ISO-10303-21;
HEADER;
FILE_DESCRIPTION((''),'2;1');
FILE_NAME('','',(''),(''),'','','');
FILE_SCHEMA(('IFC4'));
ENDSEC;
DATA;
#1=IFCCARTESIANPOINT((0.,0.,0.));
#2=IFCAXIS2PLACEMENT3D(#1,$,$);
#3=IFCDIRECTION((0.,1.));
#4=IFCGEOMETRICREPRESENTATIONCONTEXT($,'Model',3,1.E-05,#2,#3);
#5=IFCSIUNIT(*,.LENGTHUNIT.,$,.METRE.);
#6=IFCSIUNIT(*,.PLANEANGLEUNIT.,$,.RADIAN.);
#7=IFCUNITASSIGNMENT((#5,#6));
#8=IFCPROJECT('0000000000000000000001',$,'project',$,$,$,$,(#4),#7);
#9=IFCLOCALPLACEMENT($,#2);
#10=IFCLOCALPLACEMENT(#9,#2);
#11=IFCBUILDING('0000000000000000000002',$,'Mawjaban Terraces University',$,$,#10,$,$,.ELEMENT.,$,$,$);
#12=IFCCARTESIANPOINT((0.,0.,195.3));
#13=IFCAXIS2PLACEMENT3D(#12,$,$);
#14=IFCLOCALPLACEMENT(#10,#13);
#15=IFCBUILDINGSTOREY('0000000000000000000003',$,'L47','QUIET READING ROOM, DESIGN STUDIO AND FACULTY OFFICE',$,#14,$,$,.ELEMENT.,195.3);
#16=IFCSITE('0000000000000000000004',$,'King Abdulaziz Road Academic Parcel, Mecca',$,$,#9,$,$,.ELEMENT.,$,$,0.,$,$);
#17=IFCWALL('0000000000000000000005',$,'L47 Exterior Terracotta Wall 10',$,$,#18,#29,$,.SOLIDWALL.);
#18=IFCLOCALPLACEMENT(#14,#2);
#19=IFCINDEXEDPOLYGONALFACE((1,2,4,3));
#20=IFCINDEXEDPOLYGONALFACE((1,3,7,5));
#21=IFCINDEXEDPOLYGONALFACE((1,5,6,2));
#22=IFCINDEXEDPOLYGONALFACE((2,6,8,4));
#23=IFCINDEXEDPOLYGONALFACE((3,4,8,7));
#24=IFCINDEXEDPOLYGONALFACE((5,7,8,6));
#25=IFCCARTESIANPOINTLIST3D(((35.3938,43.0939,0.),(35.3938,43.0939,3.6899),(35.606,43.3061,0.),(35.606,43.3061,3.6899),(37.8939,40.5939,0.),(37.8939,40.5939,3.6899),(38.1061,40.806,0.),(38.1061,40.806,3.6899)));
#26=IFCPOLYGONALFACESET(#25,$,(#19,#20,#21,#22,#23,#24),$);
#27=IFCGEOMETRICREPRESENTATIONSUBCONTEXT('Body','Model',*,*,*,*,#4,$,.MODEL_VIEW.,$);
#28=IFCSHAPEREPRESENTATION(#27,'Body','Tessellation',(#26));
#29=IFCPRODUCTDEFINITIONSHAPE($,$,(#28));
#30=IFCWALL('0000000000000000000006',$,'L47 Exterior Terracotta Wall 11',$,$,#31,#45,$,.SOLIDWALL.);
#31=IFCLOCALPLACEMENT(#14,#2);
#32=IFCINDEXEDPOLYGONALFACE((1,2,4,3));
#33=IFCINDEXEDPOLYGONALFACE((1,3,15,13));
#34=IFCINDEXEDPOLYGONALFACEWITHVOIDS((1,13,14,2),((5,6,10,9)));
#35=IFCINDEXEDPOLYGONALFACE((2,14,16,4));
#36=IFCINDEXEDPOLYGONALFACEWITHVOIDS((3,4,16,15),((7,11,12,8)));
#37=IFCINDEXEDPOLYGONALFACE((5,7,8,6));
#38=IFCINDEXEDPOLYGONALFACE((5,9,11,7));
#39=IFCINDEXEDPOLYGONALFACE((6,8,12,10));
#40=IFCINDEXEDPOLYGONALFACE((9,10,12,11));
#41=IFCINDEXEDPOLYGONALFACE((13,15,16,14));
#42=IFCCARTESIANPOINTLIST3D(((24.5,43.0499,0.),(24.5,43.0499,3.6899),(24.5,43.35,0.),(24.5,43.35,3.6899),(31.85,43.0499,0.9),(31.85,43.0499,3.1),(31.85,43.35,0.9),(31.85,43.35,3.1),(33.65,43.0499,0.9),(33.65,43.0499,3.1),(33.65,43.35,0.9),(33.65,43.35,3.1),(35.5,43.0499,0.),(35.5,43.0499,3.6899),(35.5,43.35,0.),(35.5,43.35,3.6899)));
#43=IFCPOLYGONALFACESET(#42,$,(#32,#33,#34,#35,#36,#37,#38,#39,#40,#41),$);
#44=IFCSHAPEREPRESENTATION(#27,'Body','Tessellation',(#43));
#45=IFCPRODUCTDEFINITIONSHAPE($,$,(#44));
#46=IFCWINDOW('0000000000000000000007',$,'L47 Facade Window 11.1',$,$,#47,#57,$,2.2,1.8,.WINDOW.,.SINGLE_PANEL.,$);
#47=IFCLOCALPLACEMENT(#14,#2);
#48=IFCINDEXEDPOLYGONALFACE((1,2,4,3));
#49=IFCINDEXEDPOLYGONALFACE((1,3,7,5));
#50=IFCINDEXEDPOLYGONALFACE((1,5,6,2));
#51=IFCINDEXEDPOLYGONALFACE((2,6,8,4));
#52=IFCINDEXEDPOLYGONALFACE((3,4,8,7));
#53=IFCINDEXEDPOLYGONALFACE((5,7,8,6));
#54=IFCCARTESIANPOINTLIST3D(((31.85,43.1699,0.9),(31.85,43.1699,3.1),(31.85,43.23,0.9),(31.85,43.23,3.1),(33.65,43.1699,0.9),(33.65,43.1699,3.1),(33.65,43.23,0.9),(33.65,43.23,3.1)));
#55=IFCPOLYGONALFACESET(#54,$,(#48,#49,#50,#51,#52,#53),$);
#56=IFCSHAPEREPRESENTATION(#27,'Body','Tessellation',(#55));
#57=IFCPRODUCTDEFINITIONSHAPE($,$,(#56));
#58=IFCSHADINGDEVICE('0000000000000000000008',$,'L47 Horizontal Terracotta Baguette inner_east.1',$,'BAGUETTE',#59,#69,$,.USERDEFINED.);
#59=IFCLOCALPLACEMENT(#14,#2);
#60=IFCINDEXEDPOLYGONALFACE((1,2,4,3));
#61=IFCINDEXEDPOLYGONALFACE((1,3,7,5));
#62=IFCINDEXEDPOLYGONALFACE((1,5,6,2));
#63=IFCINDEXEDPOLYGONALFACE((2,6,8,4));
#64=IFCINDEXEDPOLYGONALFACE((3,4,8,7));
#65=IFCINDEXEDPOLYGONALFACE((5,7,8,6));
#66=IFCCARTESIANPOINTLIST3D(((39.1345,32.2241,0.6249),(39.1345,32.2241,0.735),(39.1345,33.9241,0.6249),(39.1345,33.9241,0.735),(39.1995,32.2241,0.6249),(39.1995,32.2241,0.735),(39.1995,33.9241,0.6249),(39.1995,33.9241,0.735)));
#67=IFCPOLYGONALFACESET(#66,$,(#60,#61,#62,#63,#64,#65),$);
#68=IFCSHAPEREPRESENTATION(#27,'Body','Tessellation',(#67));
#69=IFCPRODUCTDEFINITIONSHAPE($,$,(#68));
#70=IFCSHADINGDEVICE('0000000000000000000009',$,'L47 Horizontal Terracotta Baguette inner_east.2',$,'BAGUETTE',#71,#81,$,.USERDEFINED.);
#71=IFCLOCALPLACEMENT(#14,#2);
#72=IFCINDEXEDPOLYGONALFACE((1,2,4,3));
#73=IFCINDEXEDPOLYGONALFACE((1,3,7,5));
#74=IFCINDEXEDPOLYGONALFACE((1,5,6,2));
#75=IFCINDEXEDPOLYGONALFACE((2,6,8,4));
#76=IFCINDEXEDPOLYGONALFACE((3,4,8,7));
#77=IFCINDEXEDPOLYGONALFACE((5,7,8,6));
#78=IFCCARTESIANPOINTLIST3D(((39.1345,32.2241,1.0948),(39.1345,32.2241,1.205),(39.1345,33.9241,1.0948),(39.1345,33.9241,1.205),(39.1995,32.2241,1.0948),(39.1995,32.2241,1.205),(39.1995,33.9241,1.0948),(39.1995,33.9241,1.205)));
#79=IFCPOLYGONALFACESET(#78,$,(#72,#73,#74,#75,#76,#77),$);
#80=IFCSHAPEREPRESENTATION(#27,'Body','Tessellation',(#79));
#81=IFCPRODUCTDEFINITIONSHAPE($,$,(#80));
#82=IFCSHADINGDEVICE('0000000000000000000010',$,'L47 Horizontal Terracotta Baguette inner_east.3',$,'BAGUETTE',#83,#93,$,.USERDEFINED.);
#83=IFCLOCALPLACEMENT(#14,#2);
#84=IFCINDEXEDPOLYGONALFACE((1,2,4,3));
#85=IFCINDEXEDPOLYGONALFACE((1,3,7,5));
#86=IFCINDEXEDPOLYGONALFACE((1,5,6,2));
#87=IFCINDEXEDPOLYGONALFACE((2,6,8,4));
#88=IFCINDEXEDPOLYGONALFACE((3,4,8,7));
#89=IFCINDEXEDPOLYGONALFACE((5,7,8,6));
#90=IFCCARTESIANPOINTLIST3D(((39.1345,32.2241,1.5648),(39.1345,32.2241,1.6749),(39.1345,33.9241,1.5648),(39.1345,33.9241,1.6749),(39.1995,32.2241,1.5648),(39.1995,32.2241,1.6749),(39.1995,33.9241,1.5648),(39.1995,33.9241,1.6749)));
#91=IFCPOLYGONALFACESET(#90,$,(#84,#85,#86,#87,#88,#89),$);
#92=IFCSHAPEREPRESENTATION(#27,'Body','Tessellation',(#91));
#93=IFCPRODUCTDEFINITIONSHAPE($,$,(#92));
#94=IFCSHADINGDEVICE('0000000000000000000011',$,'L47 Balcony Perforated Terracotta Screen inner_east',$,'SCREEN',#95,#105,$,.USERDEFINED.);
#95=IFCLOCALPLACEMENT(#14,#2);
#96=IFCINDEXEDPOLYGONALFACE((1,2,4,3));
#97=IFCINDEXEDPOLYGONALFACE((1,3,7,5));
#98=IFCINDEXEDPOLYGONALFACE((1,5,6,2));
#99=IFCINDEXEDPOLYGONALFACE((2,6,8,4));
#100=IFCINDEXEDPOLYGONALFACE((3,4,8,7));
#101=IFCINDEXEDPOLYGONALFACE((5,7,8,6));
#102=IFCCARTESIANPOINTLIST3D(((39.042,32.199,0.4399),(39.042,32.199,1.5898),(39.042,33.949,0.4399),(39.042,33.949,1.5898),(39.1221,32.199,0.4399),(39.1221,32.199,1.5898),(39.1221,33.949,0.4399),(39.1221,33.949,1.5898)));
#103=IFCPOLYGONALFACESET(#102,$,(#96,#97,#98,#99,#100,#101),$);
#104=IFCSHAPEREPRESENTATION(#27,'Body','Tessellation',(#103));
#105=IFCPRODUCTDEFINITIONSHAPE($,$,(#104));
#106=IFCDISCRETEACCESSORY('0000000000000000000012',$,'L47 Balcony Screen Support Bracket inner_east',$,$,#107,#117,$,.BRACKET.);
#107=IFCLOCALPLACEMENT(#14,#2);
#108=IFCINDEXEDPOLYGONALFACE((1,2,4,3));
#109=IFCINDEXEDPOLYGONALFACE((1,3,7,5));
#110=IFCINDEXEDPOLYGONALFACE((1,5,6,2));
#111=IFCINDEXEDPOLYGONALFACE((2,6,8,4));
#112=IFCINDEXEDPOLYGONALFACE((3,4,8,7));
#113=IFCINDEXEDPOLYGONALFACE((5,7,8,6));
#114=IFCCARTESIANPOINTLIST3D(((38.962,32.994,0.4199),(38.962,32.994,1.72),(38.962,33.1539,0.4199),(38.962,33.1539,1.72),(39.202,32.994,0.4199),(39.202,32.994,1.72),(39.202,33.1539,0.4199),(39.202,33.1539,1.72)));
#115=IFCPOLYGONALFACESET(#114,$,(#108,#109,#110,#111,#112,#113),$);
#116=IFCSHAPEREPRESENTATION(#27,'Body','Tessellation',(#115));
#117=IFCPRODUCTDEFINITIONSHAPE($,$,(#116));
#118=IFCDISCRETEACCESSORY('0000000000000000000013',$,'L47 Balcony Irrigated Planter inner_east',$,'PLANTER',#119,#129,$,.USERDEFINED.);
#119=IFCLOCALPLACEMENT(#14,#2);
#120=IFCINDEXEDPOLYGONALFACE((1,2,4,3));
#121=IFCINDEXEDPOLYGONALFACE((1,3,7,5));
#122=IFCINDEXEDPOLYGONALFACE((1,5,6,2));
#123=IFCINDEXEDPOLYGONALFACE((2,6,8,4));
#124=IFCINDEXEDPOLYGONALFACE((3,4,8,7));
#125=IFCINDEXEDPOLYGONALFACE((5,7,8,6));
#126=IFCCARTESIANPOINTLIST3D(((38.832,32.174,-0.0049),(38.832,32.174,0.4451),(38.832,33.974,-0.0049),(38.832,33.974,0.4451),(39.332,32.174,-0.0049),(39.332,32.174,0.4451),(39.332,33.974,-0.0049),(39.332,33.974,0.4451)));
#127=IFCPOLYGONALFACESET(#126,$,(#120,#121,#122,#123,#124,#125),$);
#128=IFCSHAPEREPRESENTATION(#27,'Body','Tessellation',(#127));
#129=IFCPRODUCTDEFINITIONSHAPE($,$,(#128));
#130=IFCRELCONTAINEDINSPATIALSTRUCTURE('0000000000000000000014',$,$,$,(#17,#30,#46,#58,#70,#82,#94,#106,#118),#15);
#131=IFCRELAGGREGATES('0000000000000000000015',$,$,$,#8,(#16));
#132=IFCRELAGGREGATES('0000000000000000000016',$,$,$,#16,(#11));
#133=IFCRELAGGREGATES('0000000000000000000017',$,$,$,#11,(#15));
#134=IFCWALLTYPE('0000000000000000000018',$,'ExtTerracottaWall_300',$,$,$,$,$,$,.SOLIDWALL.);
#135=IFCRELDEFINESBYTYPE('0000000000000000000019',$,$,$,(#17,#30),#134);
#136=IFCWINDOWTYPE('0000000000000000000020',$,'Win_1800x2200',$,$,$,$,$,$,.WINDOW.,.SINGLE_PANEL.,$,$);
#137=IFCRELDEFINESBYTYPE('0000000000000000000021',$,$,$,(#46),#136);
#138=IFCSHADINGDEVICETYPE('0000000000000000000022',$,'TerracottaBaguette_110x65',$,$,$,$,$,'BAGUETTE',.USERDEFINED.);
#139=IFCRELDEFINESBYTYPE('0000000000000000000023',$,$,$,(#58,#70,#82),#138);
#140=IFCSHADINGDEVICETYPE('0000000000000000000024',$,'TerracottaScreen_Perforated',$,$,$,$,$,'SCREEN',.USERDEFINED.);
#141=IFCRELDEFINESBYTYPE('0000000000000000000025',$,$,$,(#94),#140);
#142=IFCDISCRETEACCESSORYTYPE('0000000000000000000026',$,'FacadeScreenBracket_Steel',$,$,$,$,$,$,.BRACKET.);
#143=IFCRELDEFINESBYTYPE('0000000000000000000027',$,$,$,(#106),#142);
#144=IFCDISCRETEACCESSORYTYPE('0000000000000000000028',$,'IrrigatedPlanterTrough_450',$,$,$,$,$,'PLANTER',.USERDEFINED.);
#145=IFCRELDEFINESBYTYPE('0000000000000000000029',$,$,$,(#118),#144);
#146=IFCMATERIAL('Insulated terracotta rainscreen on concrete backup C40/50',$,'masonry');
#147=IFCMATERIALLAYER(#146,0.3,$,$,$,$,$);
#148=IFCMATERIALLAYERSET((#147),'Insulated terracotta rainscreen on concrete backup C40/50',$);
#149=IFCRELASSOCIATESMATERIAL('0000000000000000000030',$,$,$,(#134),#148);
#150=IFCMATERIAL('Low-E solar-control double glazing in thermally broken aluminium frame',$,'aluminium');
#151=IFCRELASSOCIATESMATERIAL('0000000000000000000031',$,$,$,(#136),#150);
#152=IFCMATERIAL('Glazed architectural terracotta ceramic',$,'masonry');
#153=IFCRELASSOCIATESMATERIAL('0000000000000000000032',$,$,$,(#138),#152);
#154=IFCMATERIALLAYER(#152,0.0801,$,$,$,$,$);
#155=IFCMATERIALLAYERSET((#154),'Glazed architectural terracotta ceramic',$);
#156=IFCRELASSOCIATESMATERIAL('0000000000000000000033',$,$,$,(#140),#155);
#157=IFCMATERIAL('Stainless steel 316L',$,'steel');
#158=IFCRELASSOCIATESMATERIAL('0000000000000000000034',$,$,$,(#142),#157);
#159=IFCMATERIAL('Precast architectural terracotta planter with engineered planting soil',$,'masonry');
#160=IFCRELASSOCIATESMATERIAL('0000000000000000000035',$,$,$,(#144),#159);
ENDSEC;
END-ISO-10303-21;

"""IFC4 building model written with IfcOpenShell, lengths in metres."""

from ifc_helpers import new_model, si_unit, direction, frame, frame_2d, origin, origin_2d, place, context, subcontext, project, spatial, rectangle, extrude, material, layer, layer_set, material_profile, profile_set, type_object, element, fill, save


model = new_model("IFC4")

# Units and contexts
model_context = context("Model", 3, precision=1e-05, world=origin(), true_north=direction((0.0, 1.0)))
body_context = subcontext(model_context, "Body", "Model", "MODEL_VIEW")
ifc_project = project(units=[si_unit("LENGTHUNIT", "METRE"), si_unit("PLANEANGLEUNIT", "RADIAN")], contexts=[model_context])

# Site, building, storey
site_placement = place(None, origin())
site = spatial("IfcSite", under=ifc_project, at=site_placement, Name="King Abdulaziz Road Academic Parcel, Mecca", CompositionType="ELEMENT", RefElevation=0.0)
building_placement = place(site_placement, origin())
building = spatial("IfcBuilding", under=site, at=building_placement, Name="Mawjaban Terraces University", CompositionType="ELEMENT")
storey_placement = place(building_placement, frame((0.0, 0.0, 195.3)))
storey = spatial("IfcBuildingStorey", under=building, at=storey_placement, Name="L47", Description="QUIET READING ROOM, DESIGN STUDIO AND FACULTY OFFICE", CompositionType="ELEMENT", Elevation=195.3)

# Wall
ifc_material_1 = material(Name="Insulated terracotta rainscreen on concrete backup C40/50", Category="masonry")
ifc_layer_1 = layer(ifc_material_1, 0.3)
ifc_layer_set_1 = layer_set([ifc_layer_1], Name="Insulated terracotta rainscreen on concrete backup C40/50")
wall_type_1 = type_object("IfcWallType", Name="ExtTerracottaWall_300", PredefinedType="SOLIDWALL", material=ifc_layer_set_1)
wall_1_placement = place(storey_placement, frame((38.0, 40.7, 0.0), z_axis=(0.0, 0.0, 1.0), x_axis=(-0.707107, 0.707107, 0.0)))
element("IfcWall", 1, at=wall_1_placement, inside=storey, type_object=wall_type_1, Name="L47 Exterior Terracotta Wall 10", PredefinedType="SOLIDWALL", context=body_context, shape_type="SweptSolid", body=[
    extrude(rectangle(XDim=3.5356, YDim=0.3, at=frame_2d((1.7678, 0.0))), origin(), (0.0, 0.0, 1.0), 3.6899),
])

# Wall, opening, window
wall_2_placement = place(storey_placement, frame((35.5, 43.2, 0.0), z_axis=(0.0, 0.0, 1.0), x_axis=(-1.0, 0.0, 0.0)))
wall_2 = element("IfcWall", 2, at=wall_2_placement, inside=storey, type_object=wall_type_1, Name="L47 Exterior Terracotta Wall 11", PredefinedType="SOLIDWALL", context=body_context, shape_type="SweptSolid", body=[
    extrude(rectangle(XDim=11.0, YDim=0.3, at=frame_2d((5.5, 0.0))), origin(), (0.0, 0.0, 1.0), 3.6899),
])
opening_1_placement = place(wall_2_placement, frame((1.8501, 0.0, 0.8999)))
opening_1 = element("IfcOpeningElement", 3, at=opening_1_placement, cuts=wall_2, PredefinedType="OPENING", context=body_context, shape_type="SweptSolid", body=[
    extrude(rectangle(XDim=1.8, YDim=2.2, at=frame_2d((0.8999, 1.1001))), frame((0.0, 0.1599, 0.0), z_axis=(0.0, -1.0, 0.0), x_axis=(1.0, 0.0, 0.0)), (0.0, 0.0, 1.0), 0.3201),
])
ifc_material_2 = material(Name="Low-E solar-control double glazing in thermally broken aluminium frame", Category="aluminium")
window_type = type_object("IfcWindowType", Name="Win_1800x2200", PartitioningType="SINGLE_PANEL", PredefinedType="WINDOW", material=ifc_material_2)
window_placement = place(opening_1_placement, origin())
window = element("IfcWindow", 4, at=window_placement, inside=storey, type_object=window_type, Name="L47 Facade Window 11.1", OverallHeight=2.2, OverallWidth=1.8, PartitioningType="SINGLE_PANEL", PredefinedType="WINDOW", context=body_context, shape_type="SweptSolid", body=[
    extrude(rectangle(XDim=1.8, YDim=2.2, at=frame_2d((0.8999, 1.1001))), frame((0.0, 0.03, 0.0), z_axis=(0.0, -1.0, 0.0), x_axis=(1.0, 0.0, 0.0)), (0.0, 0.0, 1.0), 0.0601),
])
fill(opening_1, window)

# Shading devices
ifc_material_3 = material(Name="Glazed architectural terracotta ceramic", Category="masonry")
ifc_material_profile_1 = material_profile(ifc_material_3, rectangle(XDim=0.0649, YDim=0.1101, at=origin_2d()), Name="TBAG110X65")
ifc_profile_set_1 = profile_set([ifc_material_profile_1], Name="Glazed architectural terracotta ceramic")
shading_device_type_1 = type_object("IfcShadingDeviceType", Name="TerracottaBaguette_110x65", ElementType="BAGUETTE", PredefinedType="USERDEFINED", material=ifc_profile_set_1)
for number, where, z_axis, x_axis, name in (
    (5, (39.167, 32.2241, 0.6799), (0.0, 1.0, 0.0), (-1.0, 0.0, 0.0), "L47 Horizontal Terracotta Baguette inner_east.1"),
    (6, (39.167, 32.2241, 1.1499), (0.0, 1.0, 0.0), (-1.0, 0.0, 0.0), "L47 Horizontal Terracotta Baguette inner_east.2"),
    (7, (39.167, 32.2241, 1.6199), (0.0, 1.0, 0.0), (-1.0, 0.0, 0.0), "L47 Horizontal Terracotta Baguette inner_east.3"),
):
    element("IfcShadingDevice", number, at=place(storey_placement, frame(where, z_axis=z_axis, x_axis=x_axis)), inside=storey, type_object=shading_device_type_1, Name=name, ObjectType="BAGUETTE", PredefinedType="USERDEFINED", context=body_context, shape_type="SweptSolid", body=[
        extrude(rectangle(XDim=0.0649, YDim=0.1101, at=origin_2d()), origin(), (0.0, 0.0, 1.0), 1.7),
    ])
ifc_layer_2 = layer(ifc_material_3, 0.0801)
ifc_layer_set_2 = layer_set([ifc_layer_2], Name="Glazed architectural terracotta ceramic")
shading_device_type_2 = type_object("IfcShadingDeviceType", Name="TerracottaScreen_Perforated", ElementType="SCREEN", PredefinedType="USERDEFINED", material=ifc_layer_set_2)
shading_device_placement = place(storey_placement, frame((39.082, 33.074, 0.4399), z_axis=(0.0, 0.0, 1.0), x_axis=(0.0, 1.0, 0.0)))
element("IfcShadingDevice", 8, at=shading_device_placement, inside=storey, type_object=shading_device_type_2, Name="L47 Balcony Perforated Terracotta Screen inner_east", ObjectType="SCREEN", PredefinedType="USERDEFINED", context=body_context, shape_type="SweptSolid", body=[
    extrude(rectangle(XDim=1.75, YDim=0.0801, at=origin_2d()), origin(), (0.0, 0.0, 1.0), 1.1499),
])

# Discrete accessories
ifc_material_4 = material(Name="Stainless steel 316L", Category="steel")
discrete_accessory_type_1 = type_object("IfcDiscreteAccessoryType", Name="FacadeScreenBracket_Steel", PredefinedType="BRACKET", material=ifc_material_4)
discrete_accessory_1_placement = place(storey_placement, frame((39.082, 33.074, 0.4199), z_axis=(0.0, 0.0, 1.0), x_axis=(0.0, 1.0, 0.0)))
element("IfcDiscreteAccessory", 9, at=discrete_accessory_1_placement, inside=storey, type_object=discrete_accessory_type_1, Name="L47 Balcony Screen Support Bracket inner_east", PredefinedType="BRACKET", context=body_context, shape_type="SweptSolid", body=[
    extrude(rectangle(XDim=0.1599, YDim=0.24, at=origin_2d()), origin(), (0.0, 0.0, 1.0), 1.3),
])
ifc_material_5 = material(Name="Precast architectural terracotta planter with engineered planting soil", Category="masonry")
discrete_accessory_type_2 = type_object("IfcDiscreteAccessoryType", Name="IrrigatedPlanterTrough_450", ElementType="PLANTER", PredefinedType="USERDEFINED", material=ifc_material_5)
discrete_accessory_2_placement = place(storey_placement, frame((39.082, 33.074, -0.0049), z_axis=(0.0, 0.0, 1.0), x_axis=(0.0, 1.0, 0.0)))
element("IfcDiscreteAccessory", 10, at=discrete_accessory_2_placement, inside=storey, type_object=discrete_accessory_type_2, Name="L47 Balcony Irrigated Planter inner_east", ObjectType="PLANTER", PredefinedType="USERDEFINED", context=body_context, shape_type="SweptSolid", body=[
    extrude(rectangle(XDim=1.8, YDim=0.5, at=origin_2d()), origin(), (0.0, 0.0, 1.0), 0.45),
])

save(model, "model.ifc")
